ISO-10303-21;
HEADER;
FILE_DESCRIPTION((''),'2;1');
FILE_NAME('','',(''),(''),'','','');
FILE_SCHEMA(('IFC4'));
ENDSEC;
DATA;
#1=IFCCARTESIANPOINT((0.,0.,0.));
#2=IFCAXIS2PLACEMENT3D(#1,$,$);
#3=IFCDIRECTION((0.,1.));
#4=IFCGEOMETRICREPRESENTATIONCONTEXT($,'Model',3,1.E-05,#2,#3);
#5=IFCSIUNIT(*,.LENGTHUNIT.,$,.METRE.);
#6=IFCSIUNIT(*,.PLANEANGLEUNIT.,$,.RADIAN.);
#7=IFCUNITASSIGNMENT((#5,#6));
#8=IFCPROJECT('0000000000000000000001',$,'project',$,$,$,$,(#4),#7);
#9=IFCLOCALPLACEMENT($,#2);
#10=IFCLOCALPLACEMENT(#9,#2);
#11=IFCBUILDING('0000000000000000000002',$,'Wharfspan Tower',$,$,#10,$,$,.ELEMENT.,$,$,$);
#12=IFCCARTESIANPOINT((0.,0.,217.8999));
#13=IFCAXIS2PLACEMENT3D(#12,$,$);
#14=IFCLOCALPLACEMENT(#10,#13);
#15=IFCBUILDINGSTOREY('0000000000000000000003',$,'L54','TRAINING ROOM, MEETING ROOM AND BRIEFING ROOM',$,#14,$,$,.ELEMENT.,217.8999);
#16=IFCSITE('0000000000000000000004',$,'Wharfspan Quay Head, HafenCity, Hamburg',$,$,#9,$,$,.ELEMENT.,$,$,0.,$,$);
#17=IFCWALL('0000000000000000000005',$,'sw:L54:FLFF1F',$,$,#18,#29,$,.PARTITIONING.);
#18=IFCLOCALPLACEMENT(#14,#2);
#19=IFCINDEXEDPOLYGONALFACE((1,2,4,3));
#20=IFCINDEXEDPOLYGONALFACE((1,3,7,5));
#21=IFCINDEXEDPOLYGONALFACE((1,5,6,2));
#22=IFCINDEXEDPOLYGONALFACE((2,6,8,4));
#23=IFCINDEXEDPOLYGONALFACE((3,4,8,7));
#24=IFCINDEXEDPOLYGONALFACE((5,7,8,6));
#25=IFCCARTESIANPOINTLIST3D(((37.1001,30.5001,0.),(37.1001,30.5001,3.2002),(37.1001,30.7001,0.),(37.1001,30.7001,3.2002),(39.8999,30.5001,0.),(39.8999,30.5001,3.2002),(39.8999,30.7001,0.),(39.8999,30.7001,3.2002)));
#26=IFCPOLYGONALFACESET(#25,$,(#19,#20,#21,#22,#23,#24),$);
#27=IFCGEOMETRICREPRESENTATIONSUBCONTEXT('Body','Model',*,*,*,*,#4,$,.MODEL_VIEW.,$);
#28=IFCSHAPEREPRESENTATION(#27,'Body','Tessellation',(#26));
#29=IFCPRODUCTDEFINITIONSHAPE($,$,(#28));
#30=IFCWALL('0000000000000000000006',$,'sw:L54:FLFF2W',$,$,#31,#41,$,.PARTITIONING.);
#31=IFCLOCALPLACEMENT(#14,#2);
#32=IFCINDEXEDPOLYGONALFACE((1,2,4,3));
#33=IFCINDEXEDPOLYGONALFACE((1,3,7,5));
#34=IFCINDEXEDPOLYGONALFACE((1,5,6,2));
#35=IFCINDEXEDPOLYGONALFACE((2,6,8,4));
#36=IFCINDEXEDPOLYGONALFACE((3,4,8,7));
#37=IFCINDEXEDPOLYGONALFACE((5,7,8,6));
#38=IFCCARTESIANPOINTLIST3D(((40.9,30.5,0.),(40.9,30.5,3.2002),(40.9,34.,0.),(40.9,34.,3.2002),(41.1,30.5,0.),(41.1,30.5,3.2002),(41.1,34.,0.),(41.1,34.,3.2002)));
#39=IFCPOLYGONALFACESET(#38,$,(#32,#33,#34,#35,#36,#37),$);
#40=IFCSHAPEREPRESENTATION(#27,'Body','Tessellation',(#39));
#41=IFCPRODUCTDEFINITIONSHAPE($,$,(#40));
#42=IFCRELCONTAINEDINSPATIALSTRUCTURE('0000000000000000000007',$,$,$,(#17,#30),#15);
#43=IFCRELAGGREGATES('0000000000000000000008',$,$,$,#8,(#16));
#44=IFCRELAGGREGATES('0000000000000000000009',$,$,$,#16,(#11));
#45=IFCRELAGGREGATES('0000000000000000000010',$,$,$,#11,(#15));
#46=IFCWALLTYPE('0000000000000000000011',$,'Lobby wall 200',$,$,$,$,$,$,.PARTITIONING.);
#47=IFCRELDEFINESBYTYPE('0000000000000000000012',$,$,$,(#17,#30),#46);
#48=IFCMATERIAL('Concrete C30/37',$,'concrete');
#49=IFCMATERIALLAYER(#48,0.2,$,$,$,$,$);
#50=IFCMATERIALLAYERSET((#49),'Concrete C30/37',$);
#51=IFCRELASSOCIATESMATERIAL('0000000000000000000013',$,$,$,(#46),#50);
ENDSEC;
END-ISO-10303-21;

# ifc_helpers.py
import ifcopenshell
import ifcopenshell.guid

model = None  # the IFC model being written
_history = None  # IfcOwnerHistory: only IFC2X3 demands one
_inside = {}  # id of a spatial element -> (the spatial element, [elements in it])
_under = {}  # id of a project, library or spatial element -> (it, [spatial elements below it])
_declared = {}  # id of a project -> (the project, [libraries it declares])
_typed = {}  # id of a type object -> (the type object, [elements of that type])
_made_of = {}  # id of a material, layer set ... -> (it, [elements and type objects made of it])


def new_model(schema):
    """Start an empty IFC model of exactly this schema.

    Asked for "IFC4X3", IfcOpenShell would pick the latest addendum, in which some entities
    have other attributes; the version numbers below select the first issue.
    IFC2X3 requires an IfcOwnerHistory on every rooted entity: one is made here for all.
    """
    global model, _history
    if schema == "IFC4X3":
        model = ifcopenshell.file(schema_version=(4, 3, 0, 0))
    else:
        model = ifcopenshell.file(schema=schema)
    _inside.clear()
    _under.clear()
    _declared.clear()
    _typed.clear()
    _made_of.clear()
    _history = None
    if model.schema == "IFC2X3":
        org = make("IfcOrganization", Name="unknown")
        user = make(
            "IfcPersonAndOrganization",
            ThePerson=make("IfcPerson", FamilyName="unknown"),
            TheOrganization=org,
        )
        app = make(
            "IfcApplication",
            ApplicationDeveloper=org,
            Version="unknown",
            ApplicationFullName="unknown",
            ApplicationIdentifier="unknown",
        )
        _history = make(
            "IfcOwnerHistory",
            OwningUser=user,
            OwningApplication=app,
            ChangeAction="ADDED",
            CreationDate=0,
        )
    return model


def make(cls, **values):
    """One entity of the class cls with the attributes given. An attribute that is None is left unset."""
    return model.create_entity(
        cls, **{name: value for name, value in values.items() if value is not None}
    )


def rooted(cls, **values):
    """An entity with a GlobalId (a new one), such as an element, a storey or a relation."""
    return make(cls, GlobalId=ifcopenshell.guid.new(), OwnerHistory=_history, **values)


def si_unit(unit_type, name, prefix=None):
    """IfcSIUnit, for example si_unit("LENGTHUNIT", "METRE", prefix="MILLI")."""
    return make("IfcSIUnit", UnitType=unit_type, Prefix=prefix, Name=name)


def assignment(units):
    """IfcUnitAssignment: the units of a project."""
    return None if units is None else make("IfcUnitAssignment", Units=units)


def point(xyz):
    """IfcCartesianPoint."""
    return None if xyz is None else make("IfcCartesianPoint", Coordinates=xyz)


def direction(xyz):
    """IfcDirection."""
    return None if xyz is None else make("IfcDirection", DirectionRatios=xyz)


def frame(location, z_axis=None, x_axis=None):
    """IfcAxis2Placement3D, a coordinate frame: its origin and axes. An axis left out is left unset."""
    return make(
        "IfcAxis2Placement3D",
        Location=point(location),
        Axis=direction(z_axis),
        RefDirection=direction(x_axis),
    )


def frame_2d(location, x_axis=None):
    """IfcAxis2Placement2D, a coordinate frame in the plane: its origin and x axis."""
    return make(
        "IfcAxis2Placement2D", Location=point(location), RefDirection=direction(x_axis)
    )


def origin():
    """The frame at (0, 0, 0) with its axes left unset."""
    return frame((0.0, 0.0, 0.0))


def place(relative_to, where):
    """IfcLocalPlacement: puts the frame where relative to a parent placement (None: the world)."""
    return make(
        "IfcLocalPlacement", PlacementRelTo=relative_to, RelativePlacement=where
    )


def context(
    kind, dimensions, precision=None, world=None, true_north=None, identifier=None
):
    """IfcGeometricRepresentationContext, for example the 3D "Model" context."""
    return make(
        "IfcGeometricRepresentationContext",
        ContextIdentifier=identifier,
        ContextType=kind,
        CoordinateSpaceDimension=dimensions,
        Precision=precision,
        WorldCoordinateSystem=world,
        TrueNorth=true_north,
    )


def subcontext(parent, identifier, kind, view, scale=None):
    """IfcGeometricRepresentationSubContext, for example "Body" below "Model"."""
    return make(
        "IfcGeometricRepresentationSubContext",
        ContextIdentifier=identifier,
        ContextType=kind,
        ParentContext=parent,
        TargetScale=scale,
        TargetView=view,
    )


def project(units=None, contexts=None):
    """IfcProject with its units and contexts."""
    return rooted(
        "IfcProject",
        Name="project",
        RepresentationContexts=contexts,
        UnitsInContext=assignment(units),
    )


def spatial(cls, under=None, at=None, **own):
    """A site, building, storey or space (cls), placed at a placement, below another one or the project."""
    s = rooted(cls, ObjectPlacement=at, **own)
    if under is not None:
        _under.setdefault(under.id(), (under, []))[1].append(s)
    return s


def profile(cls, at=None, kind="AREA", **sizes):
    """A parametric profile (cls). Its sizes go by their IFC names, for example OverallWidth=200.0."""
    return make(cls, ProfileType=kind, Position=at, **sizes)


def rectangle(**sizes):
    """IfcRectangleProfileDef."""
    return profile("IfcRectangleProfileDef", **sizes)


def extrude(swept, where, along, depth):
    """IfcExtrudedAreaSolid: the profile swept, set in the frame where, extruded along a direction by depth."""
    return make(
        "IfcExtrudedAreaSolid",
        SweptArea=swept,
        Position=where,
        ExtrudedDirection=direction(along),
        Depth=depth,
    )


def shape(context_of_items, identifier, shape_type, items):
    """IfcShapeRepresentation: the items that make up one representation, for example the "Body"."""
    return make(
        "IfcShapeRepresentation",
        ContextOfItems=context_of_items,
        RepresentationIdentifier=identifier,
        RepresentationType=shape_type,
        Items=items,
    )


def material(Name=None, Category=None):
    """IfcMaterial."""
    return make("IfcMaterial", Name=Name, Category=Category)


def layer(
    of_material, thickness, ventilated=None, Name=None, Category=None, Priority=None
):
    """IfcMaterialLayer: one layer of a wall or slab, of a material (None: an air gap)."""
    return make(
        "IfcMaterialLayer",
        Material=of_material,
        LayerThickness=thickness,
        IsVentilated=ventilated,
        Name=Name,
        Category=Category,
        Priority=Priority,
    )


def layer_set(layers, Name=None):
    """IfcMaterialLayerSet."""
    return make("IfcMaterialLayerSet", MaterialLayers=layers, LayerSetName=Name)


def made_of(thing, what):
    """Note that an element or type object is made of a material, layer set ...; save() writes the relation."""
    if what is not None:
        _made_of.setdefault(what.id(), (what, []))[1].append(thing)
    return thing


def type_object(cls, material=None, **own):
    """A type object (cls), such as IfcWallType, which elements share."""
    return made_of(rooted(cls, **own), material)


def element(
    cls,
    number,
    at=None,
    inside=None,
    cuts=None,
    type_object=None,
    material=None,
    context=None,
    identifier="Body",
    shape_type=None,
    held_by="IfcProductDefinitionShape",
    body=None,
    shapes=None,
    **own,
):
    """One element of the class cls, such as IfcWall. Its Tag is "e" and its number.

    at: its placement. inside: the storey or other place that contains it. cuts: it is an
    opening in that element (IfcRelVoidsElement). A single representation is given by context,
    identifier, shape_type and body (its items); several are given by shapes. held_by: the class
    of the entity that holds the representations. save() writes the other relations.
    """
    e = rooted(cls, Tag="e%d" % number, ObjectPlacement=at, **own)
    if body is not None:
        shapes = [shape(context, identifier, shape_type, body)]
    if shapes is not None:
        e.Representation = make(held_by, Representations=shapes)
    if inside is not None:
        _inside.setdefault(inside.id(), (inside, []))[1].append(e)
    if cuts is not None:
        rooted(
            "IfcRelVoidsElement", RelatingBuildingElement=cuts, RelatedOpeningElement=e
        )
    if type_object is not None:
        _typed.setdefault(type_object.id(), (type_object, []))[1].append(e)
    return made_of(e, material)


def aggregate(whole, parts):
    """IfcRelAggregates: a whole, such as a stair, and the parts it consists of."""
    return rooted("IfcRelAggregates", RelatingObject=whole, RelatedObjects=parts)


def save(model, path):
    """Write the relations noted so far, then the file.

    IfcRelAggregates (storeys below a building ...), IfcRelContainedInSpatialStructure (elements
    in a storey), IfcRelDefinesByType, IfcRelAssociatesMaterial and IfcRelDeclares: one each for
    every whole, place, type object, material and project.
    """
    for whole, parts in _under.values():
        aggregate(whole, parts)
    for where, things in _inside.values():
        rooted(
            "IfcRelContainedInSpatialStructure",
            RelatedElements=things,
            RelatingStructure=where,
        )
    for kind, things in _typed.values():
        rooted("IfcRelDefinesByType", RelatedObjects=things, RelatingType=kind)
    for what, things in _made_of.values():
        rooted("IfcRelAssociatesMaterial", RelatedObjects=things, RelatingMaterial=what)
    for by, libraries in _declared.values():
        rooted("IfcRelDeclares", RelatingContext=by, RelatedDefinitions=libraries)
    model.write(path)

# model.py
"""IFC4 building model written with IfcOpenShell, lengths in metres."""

from ifc_helpers import new_model, si_unit, direction, frame, frame_2d, origin, place, context, subcontext, project, spatial, rectangle, extrude, material, layer, layer_set, type_object, element, save


model = new_model("IFC4")

# Units and contexts
model_context = context("Model", 3, precision=1e-05, world=origin(), true_north=direction((0.0, 1.0)))
body_context = subcontext(model_context, "Body", "Model", "MODEL_VIEW")
ifc_project = project(units=[si_unit("LENGTHUNIT", "METRE"), si_unit("PLANEANGLEUNIT", "RADIAN")], contexts=[model_context])

# Site, building, storey
site_placement = place(None, origin())
site = spatial("IfcSite", under=ifc_project, at=site_placement, Name="Wharfspan Quay Head, HafenCity, Hamburg", CompositionType="ELEMENT", RefElevation=0.0)
building_placement = place(site_placement, origin())
building = spatial("IfcBuilding", under=site, at=building_placement, Name="Wharfspan Tower", CompositionType="ELEMENT")
storey_placement = place(building_placement, frame((0.0, 0.0, 217.8999)))
storey = spatial("IfcBuildingStorey", under=building, at=storey_placement, Name="L54", Description="TRAINING ROOM, MEETING ROOM AND BRIEFING ROOM", CompositionType="ELEMENT", Elevation=217.8999)

# Shared definitions
ifc_material_1 = material(Name="Concrete C30/37", Category="concrete")
ifc_layer_1 = layer(ifc_material_1, 0.2)
ifc_layer_set_1 = layer_set([ifc_layer_1], Name="Concrete C30/37")
wall_type_1 = type_object("IfcWallType", Name="Lobby wall 200", PredefinedType="PARTITIONING", material=ifc_layer_set_1)

# Walls
wall_1_placement = place(storey_placement, frame((37.1001, 30.6001, 0.0), z_axis=(0.0, 0.0, 1.0), x_axis=(1.0, 0.0, 0.0)))
element("IfcWall", 1, at=wall_1_placement, inside=storey, type_object=wall_type_1, Name="sw:L54:FLFF1F", PredefinedType="PARTITIONING", context=body_context, shape_type="SweptSolid", body=[
    extrude(rectangle(XDim=2.7998, YDim=0.2, at=frame_2d((1.3999, 0.0))), origin(), (0.0, 0.0, 1.0), 3.2002),
])
wall_2_placement = place(storey_placement, frame((41.0, 30.5, 0.0), z_axis=(0.0, 0.0, 1.0), x_axis=(0.0, 1.0, 0.0)))
element("IfcWall", 2, at=wall_2_placement, inside=storey, type_object=wall_type_1, Name="sw:L54:FLFF2W", PredefinedType="PARTITIONING", context=body_context, shape_type="SweptSolid", body=[
    extrude(rectangle(XDim=3.5, YDim=0.2, at=frame_2d((1.75, 0.0))), origin(), (0.0, 0.0, 1.0), 3.2002),
])

save(model, "model.ifc")
